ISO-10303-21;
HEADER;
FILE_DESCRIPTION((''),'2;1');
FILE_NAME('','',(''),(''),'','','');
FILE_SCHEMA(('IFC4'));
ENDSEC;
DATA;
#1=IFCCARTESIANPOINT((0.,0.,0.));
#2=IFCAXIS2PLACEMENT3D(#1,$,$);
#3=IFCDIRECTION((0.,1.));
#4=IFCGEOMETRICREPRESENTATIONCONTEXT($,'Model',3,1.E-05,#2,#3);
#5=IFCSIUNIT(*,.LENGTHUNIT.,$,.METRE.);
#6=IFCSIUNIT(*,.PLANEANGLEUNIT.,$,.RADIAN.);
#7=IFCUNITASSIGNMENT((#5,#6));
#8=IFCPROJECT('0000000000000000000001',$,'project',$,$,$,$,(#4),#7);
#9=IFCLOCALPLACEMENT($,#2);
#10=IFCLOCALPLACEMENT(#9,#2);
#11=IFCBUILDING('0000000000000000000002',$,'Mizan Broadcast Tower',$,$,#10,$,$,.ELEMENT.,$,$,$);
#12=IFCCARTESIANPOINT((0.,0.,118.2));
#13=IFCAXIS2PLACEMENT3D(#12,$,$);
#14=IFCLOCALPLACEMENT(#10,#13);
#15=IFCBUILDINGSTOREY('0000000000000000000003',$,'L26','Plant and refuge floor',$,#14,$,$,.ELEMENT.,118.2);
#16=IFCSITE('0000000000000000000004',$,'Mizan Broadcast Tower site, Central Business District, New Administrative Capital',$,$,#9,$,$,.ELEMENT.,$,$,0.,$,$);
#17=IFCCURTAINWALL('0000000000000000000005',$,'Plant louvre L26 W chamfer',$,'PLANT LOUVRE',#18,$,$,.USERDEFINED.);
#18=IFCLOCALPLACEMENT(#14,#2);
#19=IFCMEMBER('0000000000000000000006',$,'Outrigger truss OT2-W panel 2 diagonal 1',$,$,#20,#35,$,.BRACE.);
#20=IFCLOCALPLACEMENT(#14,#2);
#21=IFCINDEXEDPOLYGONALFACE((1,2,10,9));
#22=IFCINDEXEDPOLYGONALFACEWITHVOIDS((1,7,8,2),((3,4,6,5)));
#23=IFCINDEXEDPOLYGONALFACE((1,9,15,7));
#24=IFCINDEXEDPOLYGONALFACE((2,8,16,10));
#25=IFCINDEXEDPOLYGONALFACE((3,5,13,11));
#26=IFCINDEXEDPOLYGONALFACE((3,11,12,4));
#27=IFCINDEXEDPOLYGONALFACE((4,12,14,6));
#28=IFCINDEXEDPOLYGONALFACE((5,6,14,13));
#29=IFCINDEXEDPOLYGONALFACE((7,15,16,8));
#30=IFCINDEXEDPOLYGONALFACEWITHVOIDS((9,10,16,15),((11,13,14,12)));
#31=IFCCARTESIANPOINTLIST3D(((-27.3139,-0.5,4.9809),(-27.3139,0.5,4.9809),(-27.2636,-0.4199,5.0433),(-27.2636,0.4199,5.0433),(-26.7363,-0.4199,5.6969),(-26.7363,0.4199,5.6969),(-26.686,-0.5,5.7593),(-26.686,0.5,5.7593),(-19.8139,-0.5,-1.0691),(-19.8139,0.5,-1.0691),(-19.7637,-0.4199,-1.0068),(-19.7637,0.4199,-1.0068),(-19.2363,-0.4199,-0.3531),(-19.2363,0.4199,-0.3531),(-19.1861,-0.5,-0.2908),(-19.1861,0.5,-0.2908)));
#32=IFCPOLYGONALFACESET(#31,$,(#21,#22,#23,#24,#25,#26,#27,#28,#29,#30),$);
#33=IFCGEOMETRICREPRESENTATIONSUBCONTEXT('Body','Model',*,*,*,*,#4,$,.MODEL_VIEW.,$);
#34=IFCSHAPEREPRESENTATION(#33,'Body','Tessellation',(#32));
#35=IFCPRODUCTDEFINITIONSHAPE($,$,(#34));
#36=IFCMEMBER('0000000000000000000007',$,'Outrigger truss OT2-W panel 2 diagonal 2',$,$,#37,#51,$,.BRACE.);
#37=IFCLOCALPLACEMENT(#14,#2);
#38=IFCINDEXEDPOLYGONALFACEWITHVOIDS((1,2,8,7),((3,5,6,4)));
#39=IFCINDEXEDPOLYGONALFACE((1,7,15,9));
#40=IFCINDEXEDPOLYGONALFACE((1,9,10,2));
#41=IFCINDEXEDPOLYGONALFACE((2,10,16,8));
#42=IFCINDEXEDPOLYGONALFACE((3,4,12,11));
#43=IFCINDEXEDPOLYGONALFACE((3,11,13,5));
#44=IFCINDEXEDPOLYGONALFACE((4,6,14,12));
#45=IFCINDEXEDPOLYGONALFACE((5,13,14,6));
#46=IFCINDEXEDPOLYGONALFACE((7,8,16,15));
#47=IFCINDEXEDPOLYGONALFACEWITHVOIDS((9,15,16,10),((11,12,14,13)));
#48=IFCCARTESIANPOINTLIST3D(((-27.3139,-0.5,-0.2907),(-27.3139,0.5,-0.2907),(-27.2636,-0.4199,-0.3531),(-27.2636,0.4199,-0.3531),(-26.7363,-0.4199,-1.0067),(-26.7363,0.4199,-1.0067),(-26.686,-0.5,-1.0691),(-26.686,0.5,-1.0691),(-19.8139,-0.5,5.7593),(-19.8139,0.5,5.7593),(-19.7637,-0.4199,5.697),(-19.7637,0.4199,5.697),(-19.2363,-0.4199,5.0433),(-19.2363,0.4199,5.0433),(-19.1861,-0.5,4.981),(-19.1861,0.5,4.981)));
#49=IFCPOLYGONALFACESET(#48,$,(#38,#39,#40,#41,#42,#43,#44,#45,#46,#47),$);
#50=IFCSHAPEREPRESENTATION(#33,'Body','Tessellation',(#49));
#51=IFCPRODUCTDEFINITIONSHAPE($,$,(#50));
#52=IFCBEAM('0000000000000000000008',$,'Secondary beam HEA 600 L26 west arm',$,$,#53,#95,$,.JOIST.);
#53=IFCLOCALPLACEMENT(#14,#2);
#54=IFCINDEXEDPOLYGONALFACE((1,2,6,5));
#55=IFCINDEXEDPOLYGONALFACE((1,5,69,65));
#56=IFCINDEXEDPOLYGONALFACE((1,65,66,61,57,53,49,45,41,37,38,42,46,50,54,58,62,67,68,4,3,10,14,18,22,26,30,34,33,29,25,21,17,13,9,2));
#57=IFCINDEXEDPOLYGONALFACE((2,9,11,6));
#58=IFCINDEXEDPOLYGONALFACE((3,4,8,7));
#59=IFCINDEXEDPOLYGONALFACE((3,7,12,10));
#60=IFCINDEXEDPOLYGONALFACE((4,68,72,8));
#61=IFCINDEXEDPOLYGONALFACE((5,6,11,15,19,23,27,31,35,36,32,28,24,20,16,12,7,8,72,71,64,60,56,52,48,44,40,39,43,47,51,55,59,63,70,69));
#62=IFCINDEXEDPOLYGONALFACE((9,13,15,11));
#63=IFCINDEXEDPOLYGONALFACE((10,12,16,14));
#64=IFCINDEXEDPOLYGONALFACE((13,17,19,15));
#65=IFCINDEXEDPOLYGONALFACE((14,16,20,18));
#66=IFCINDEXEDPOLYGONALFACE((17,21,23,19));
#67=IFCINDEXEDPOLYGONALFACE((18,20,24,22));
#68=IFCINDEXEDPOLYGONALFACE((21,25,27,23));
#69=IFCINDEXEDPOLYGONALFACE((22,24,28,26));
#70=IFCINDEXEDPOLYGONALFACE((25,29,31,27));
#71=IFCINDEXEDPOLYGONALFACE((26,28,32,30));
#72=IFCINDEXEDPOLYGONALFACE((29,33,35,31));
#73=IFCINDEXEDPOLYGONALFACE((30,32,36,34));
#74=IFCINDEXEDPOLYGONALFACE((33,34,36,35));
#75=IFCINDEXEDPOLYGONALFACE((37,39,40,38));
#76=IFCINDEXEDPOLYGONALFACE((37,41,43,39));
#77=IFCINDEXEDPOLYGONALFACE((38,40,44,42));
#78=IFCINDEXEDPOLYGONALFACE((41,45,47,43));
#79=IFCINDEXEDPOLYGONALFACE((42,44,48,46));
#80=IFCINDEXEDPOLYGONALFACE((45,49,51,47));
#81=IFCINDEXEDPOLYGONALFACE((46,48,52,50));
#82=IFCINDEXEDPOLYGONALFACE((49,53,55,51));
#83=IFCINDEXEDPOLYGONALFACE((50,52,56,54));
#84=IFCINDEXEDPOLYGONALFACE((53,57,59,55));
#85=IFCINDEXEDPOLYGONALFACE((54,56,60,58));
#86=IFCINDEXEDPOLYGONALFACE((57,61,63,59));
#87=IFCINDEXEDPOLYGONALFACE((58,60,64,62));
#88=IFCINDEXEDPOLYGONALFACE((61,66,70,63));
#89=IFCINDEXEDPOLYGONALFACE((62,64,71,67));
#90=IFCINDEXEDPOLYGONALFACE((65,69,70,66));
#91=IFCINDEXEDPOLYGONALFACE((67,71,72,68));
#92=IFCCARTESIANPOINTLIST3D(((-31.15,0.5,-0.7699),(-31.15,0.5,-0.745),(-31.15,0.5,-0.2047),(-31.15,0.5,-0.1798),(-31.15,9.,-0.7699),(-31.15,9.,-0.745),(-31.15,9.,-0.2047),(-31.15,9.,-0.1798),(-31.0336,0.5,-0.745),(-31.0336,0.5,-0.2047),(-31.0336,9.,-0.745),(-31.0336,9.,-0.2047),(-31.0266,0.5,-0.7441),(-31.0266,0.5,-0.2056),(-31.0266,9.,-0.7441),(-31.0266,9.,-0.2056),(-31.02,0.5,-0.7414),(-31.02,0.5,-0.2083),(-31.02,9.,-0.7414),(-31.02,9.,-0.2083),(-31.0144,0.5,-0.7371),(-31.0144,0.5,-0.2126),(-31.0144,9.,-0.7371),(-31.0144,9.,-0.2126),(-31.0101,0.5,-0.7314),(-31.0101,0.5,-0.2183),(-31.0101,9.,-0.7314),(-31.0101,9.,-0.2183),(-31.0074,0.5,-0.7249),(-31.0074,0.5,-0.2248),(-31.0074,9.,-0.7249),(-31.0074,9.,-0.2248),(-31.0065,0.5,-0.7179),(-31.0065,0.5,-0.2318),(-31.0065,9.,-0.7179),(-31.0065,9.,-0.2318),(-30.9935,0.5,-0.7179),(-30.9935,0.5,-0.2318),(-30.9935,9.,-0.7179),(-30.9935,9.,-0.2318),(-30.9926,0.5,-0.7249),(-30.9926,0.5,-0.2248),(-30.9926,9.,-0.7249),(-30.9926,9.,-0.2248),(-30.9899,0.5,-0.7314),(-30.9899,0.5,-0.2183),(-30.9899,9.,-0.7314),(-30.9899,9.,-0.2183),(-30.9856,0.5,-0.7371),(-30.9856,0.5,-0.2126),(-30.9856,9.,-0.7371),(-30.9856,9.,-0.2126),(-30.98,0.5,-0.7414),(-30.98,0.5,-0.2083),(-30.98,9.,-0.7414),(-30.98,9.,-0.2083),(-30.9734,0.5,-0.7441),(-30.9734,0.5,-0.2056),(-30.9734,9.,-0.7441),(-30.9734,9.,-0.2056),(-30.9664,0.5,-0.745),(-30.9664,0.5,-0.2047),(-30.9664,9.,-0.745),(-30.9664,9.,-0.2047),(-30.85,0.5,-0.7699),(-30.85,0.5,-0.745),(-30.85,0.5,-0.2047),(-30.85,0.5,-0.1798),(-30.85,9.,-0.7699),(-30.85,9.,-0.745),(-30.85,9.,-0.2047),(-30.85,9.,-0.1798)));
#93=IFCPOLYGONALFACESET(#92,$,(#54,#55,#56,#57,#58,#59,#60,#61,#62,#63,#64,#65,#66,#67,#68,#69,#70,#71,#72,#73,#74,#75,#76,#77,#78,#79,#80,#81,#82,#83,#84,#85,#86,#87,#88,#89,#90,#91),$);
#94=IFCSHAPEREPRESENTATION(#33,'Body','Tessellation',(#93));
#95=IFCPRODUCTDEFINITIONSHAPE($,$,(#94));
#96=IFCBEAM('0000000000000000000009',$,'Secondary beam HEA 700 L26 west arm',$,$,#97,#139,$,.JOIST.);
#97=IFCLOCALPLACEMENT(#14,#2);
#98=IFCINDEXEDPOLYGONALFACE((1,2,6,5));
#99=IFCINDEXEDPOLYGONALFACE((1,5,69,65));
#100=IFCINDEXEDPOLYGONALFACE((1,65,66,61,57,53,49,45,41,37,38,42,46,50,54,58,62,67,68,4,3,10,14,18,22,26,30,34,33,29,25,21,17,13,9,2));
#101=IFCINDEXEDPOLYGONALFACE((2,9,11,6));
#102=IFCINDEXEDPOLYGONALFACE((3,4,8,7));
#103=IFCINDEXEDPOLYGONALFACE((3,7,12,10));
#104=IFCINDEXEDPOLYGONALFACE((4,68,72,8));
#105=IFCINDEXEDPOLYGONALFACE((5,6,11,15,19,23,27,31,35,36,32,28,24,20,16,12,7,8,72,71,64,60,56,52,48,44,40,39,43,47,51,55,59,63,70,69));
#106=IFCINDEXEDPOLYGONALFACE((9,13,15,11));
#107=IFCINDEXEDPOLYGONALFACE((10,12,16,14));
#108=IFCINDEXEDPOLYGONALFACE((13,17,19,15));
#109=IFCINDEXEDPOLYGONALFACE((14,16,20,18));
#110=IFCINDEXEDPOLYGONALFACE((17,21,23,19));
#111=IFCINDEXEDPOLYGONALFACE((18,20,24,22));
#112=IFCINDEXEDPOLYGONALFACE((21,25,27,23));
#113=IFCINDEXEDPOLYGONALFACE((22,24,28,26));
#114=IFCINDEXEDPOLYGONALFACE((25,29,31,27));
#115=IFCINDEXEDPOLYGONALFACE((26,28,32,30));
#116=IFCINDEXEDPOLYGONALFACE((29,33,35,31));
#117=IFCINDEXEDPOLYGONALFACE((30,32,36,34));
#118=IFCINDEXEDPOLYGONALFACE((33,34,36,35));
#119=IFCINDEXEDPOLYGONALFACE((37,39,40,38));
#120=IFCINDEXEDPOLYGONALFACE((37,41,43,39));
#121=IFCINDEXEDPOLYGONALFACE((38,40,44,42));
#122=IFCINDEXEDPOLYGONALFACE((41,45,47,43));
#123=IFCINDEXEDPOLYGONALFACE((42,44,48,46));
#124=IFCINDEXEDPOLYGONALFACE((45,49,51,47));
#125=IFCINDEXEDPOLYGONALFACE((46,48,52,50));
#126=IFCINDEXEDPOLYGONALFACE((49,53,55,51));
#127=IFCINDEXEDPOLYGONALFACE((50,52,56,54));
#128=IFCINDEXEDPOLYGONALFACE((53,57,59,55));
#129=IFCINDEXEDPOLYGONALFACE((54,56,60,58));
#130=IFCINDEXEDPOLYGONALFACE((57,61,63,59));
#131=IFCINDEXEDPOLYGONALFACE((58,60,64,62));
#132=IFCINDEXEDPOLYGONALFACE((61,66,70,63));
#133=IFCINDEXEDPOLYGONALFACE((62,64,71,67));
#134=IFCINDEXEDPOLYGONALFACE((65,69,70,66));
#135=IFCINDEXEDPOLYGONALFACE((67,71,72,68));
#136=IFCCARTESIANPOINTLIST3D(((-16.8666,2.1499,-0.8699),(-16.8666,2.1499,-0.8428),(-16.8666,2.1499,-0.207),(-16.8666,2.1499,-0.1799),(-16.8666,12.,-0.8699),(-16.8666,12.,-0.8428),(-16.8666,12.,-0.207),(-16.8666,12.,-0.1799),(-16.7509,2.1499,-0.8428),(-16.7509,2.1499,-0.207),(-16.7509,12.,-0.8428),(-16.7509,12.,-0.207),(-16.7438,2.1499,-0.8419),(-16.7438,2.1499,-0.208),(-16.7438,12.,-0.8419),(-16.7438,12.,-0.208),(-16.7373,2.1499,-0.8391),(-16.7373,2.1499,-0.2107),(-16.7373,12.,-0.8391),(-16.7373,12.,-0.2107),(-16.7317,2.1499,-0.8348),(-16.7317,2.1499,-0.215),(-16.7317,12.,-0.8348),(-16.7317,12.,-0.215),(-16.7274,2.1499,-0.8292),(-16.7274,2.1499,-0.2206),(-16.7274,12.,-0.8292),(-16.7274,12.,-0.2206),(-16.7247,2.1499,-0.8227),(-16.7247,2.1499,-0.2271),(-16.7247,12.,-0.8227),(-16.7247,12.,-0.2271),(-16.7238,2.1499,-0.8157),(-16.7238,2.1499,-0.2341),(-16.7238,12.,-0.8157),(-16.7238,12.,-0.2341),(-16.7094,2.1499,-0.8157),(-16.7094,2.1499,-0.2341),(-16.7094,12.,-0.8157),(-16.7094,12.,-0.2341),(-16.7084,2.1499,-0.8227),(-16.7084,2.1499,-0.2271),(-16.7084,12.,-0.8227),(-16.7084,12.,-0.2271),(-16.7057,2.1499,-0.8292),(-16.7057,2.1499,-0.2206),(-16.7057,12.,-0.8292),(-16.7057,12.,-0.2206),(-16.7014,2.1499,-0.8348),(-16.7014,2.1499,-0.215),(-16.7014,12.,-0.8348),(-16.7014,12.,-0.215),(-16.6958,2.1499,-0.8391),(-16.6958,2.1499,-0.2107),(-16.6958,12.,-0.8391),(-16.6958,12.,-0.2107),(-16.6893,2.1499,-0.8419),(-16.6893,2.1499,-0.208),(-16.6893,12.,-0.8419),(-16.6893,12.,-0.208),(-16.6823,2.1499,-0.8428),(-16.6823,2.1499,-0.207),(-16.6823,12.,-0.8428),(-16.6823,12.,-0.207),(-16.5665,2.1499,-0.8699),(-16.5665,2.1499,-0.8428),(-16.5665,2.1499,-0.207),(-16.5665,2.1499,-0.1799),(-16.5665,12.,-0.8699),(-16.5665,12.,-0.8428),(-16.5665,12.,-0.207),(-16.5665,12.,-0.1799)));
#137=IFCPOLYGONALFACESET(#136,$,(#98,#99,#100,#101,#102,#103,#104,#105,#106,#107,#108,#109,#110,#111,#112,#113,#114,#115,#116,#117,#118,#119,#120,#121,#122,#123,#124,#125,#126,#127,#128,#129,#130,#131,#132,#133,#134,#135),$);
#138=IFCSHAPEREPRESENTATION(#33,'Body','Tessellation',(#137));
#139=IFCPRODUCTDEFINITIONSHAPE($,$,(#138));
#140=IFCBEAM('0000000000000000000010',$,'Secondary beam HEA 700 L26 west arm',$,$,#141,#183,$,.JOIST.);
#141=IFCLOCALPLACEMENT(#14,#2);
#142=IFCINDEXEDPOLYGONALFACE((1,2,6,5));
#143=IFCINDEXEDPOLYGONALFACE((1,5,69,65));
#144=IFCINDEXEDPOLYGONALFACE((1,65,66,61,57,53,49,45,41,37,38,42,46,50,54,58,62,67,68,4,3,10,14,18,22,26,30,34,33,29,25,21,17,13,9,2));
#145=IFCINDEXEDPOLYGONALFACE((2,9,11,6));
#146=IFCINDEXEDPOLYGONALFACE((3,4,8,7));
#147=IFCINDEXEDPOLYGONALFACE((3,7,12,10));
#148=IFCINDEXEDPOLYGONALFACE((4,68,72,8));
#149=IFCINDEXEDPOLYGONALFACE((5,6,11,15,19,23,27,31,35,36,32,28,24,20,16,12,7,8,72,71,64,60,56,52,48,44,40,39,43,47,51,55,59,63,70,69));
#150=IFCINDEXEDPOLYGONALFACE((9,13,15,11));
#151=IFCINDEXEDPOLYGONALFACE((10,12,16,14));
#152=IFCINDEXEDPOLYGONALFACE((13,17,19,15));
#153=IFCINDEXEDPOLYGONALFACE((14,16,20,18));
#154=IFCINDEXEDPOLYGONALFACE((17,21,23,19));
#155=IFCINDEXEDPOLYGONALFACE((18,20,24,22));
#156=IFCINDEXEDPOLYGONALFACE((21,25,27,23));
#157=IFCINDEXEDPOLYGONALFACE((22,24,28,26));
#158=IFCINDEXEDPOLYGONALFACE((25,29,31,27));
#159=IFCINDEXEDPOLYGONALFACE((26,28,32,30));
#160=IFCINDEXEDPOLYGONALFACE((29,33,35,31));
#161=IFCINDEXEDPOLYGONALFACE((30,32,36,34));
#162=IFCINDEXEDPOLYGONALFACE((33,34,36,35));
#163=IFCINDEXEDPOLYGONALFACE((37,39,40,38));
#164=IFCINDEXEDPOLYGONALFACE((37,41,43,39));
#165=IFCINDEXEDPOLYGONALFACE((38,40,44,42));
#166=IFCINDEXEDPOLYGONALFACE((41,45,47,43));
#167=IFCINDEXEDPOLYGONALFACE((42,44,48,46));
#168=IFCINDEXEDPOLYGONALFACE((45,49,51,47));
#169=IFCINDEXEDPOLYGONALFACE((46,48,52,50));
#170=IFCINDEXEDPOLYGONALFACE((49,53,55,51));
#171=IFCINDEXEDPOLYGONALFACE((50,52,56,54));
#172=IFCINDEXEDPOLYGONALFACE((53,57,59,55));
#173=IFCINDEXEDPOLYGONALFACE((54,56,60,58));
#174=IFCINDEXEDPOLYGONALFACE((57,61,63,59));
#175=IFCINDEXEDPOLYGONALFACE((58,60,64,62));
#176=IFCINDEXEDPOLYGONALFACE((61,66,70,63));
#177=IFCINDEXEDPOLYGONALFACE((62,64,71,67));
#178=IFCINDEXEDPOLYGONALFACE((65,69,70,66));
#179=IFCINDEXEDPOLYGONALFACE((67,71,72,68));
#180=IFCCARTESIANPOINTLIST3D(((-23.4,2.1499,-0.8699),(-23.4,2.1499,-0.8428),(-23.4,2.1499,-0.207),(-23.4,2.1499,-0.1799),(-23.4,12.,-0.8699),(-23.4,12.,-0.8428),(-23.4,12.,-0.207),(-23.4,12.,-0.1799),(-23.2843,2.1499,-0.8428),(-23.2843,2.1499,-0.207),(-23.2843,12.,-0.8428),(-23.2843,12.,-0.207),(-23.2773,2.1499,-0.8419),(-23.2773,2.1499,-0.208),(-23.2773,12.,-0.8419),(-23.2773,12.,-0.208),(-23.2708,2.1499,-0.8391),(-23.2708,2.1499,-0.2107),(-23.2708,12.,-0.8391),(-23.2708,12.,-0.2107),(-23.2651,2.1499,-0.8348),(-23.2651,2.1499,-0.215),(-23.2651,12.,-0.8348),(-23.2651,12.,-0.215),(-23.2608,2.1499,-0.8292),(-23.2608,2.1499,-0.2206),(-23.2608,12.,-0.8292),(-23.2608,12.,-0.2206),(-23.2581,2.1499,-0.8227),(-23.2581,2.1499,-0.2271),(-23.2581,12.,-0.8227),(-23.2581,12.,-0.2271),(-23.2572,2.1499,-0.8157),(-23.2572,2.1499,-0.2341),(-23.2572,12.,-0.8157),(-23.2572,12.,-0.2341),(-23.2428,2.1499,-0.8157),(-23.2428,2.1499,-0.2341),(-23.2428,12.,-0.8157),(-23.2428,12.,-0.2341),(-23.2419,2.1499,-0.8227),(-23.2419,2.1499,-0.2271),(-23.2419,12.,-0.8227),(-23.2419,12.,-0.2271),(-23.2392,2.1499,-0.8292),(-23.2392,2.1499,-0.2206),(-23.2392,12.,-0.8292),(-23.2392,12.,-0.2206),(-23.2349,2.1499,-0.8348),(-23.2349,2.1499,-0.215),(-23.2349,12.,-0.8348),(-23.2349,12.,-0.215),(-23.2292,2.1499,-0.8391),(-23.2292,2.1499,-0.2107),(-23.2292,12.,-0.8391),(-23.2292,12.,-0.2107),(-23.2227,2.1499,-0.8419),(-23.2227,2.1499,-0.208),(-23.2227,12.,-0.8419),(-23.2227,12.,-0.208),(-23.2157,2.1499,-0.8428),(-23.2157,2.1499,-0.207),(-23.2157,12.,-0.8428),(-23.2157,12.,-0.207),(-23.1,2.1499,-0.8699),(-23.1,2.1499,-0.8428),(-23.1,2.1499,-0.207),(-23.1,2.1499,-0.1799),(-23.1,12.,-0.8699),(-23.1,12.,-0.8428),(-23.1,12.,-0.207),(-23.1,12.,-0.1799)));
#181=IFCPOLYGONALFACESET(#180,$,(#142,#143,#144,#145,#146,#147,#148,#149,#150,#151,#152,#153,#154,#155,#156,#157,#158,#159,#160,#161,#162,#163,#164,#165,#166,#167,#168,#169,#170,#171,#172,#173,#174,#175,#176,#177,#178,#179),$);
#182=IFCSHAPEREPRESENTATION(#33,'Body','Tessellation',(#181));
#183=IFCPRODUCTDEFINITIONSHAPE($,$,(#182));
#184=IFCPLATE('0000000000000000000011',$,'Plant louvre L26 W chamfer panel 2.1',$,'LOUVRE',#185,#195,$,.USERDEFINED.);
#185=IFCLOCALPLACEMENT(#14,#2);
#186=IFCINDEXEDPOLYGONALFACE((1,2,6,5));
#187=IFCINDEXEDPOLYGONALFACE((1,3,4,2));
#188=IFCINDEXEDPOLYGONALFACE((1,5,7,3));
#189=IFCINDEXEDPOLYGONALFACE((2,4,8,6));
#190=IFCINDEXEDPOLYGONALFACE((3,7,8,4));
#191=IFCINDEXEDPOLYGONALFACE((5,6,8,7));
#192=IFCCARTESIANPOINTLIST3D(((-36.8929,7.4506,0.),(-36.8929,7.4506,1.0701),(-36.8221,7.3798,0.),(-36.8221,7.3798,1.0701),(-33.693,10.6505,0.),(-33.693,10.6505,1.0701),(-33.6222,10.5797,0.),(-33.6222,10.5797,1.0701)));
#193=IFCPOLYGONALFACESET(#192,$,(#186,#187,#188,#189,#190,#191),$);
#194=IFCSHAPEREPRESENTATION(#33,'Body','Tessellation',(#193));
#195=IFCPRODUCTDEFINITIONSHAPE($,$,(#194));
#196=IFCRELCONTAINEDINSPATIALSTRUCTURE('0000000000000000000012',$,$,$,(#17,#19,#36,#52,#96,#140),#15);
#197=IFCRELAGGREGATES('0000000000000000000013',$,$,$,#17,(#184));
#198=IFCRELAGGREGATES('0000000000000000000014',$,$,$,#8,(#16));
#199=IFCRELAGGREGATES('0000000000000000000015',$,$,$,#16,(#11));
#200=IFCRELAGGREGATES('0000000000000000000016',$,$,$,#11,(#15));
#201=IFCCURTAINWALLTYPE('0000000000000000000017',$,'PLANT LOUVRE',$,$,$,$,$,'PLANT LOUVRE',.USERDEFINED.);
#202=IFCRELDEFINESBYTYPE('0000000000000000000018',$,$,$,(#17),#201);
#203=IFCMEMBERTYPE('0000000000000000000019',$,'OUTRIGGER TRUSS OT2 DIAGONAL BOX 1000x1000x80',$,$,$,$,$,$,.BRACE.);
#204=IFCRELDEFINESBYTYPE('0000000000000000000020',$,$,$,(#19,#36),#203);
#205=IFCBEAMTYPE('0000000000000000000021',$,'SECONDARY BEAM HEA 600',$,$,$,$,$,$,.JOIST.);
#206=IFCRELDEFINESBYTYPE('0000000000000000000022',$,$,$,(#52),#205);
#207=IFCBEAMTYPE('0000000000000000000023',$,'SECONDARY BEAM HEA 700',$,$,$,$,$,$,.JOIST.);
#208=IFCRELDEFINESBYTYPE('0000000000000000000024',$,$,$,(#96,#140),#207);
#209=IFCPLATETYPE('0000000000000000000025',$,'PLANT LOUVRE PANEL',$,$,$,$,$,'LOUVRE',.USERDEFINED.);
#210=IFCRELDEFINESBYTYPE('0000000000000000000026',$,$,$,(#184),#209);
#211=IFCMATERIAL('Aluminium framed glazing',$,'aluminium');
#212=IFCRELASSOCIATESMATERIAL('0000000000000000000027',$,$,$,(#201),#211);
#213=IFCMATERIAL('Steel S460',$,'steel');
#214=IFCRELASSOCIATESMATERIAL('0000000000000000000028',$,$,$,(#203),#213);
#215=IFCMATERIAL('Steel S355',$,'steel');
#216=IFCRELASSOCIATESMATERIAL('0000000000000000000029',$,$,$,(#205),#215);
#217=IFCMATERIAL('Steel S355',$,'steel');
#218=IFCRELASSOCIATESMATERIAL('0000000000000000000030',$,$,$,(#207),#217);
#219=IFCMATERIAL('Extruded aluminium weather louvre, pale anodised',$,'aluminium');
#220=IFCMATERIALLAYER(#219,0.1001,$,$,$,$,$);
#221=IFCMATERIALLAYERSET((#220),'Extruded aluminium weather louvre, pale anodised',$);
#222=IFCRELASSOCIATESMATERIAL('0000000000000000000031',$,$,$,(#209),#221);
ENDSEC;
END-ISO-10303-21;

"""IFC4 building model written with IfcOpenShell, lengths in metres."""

from ifc_helpers import new_model, si_unit, direction, frame, origin, origin_2d, place, context, subcontext, project, spatial, rectangle, hollow_rectangle, i_section, extrude, material, layer, layer_set, material_profile, profile_set, type_object, element, aggregate, save


model = new_model("IFC4")

# Units and contexts
model_context = context("Model", 3, precision=1e-05, world=origin(), true_north=direction((0.0, 1.0)))
body_context = subcontext(model_context, "Body", "Model", "MODEL_VIEW")
ifc_project = project(units=[si_unit("LENGTHUNIT", "METRE"), si_unit("PLANEANGLEUNIT", "RADIAN")], contexts=[model_context])

# Site, building, storey
site_placement = place(None, origin())
site = spatial("IfcSite", under=ifc_project, at=site_placement, Name="Mizan Broadcast Tower site, Central Business District, New Administrative Capital", CompositionType="ELEMENT", RefElevation=0.0)
building_placement = place(site_placement, origin())
building = spatial("IfcBuilding", under=site, at=building_placement, Name="Mizan Broadcast Tower", CompositionType="ELEMENT")
storey_placement = place(building_placement, frame((0.0, 0.0, 118.2)))
storey = spatial("IfcBuildingStorey", under=building, at=storey_placement, Name="L26", Description="Plant and refuge floor", CompositionType="ELEMENT", Elevation=118.2)

# Curtain wall
ifc_material_1 = material(Name="Aluminium framed glazing", Category="aluminium")
curtain_wall_type = type_object("IfcCurtainWallType", Name="PLANT LOUVRE", ElementType="PLANT LOUVRE", PredefinedType="USERDEFINED", material=ifc_material_1)
curtain_wall_1_placement = place(storey_placement, origin())
curtain_wall_1 = element("IfcCurtainWall", 1, at=curtain_wall_1_placement, inside=storey, type_object=curtain_wall_type, Name="Plant louvre L26 W chamfer", ObjectType="PLANT LOUVRE", PredefinedType="USERDEFINED")

# Members
ifc_material_2 = material(Name="Steel S460", Category="steel")
ifc_material_profile_1 = material_profile(ifc_material_2, hollow_rectangle(XDim=1.0, YDim=1.0, WallThickness=0.0801, at=origin_2d()), Name="BOX 1000x1000x80")
ifc_profile_set_1 = profile_set([ifc_material_profile_1], Name="Steel S460")
member_type_1 = type_object("IfcMemberType", Name="OUTRIGGER TRUSS OT2 DIAGONAL BOX 1000x1000x80", PredefinedType="BRACE", material=ifc_profile_set_1)
for number, where, z_axis, x_axis, name in (
    (2, (-19.5, 0.0, -0.6799), (-0.778329, 0.0, 0.627857), (0.0, -1.0, 0.0), "Outrigger truss OT2-W panel 2 diagonal 1"),
    (3, (-19.5, 0.0, 5.3701), (-0.778329, 0.0, -0.627857), (0.0, -1.0, 0.0), "Outrigger truss OT2-W panel 2 diagonal 2"),
):
    element("IfcMember", number, at=place(storey_placement, frame(where, z_axis=z_axis, x_axis=x_axis)), inside=storey, type_object=member_type_1, Name=name, PredefinedType="BRACE", context=body_context, shape_type="SweptSolid", body=[
        extrude(hollow_rectangle(XDim=1.0, YDim=1.0, WallThickness=0.0801, at=origin_2d()), origin(), (0.0, 0.0, 1.0), 9.636),
    ])

# Beams
ifc_material_3 = material(Name="Steel S355", Category="steel")
ifc_material_profile_2 = material_profile(ifc_material_3, i_section(OverallWidth=0.3, OverallDepth=0.5901, WebThickness=0.0129, FlangeThickness=0.0249, FilletRadius=0.0271, at=origin_2d()), Name="HEA 600")
ifc_profile_set_2 = profile_set([ifc_material_profile_2], Name="Steel S355")
beam_type_1 = type_object("IfcBeamType", Name="SECONDARY BEAM HEA 600", PredefinedType="JOIST", material=ifc_profile_set_2)
beam_1_placement = place(storey_placement, frame((-31.0, 9.0, -0.4749), z_axis=(0.0, -1.0, 0.0), x_axis=(1.0, 0.0, 0.0)))
element("IfcBeam", 4, at=beam_1_placement, inside=storey, type_object=beam_type_1, Name="Secondary beam HEA 600 L26 west arm", PredefinedType="JOIST", context=body_context, shape_type="SweptSolid", body=[
    extrude(i_section(OverallWidth=0.3, OverallDepth=0.5901, WebThickness=0.0129, FlangeThickness=0.0249, FilletRadius=0.0271, at=origin_2d()), origin(), (0.0, 0.0, 1.0), 8.5),
])
ifc_material_4 = material(Name="Steel S355", Category="steel")
ifc_material_profile_3 = material_profile(ifc_material_4, i_section(OverallWidth=0.3, OverallDepth=0.6899, WebThickness=0.0144, FlangeThickness=0.0271, FilletRadius=0.0271, at=origin_2d()), Name="HEA 700")
ifc_profile_set_3 = profile_set([ifc_material_profile_3], Name="Steel S355")
beam_type_2 = type_object("IfcBeamType", Name="SECONDARY BEAM HEA 700", PredefinedType="JOIST", material=ifc_profile_set_3)
for number, where, z_axis, x_axis, name in (
    (5, (-16.7166, 12.0, -0.5249), (0.0, -1.0, 0.0), (1.0, 0.0, 0.0), "Secondary beam HEA 700 L26 west arm"),
    (6, (-23.25, 12.0, -0.5249), (0.0, -1.0, 0.0), (1.0, 0.0, 0.0), "Secondary beam HEA 700 L26 west arm"),
):
    element("IfcBeam", number, at=place(storey_placement, frame(where, z_axis=z_axis, x_axis=x_axis)), inside=storey, type_object=beam_type_2, Name=name, PredefinedType="JOIST", context=body_context, shape_type="SweptSolid", body=[
        extrude(i_section(OverallWidth=0.3, OverallDepth=0.6899, WebThickness=0.0144, FlangeThickness=0.0271, FilletRadius=0.0271, at=origin_2d()), origin(), (0.0, 0.0, 1.0), 9.8501),
    ])

# Plate
ifc_material_5 = material(Name="Extruded aluminium weather louvre, pale anodised", Category="aluminium")
ifc_layer = layer(ifc_material_5, 0.1001)
ifc_layer_set = layer_set([ifc_layer], Name="Extruded aluminium weather louvre, pale anodised")
plate_type = type_object("IfcPlateType", Name="PLANT LOUVRE PANEL", ElementType="LOUVRE", PredefinedType="USERDEFINED", material=ifc_layer_set)
plate_1_placement = place(storey_placement, frame((-35.2576, 9.0151, 0.0), z_axis=(0.0, 0.0, 1.0), x_axis=(-0.707107, -0.707107, 0.0)))
plate_1 = element("IfcPlate", 7, at=plate_1_placement, type_object=plate_type, Name="Plant louvre L26 W chamfer panel 2.1", ObjectType="LOUVRE", PredefinedType="USERDEFINED", context=body_context, shape_type="SweptSolid", body=[
    extrude(rectangle(XDim=4.5254, YDim=0.1001, at=origin_2d()), origin(), (0.0, 0.0, 1.0), 1.0701),
])
aggregate(curtain_wall_1, [plate_1])

save(model, "model.ifc")
